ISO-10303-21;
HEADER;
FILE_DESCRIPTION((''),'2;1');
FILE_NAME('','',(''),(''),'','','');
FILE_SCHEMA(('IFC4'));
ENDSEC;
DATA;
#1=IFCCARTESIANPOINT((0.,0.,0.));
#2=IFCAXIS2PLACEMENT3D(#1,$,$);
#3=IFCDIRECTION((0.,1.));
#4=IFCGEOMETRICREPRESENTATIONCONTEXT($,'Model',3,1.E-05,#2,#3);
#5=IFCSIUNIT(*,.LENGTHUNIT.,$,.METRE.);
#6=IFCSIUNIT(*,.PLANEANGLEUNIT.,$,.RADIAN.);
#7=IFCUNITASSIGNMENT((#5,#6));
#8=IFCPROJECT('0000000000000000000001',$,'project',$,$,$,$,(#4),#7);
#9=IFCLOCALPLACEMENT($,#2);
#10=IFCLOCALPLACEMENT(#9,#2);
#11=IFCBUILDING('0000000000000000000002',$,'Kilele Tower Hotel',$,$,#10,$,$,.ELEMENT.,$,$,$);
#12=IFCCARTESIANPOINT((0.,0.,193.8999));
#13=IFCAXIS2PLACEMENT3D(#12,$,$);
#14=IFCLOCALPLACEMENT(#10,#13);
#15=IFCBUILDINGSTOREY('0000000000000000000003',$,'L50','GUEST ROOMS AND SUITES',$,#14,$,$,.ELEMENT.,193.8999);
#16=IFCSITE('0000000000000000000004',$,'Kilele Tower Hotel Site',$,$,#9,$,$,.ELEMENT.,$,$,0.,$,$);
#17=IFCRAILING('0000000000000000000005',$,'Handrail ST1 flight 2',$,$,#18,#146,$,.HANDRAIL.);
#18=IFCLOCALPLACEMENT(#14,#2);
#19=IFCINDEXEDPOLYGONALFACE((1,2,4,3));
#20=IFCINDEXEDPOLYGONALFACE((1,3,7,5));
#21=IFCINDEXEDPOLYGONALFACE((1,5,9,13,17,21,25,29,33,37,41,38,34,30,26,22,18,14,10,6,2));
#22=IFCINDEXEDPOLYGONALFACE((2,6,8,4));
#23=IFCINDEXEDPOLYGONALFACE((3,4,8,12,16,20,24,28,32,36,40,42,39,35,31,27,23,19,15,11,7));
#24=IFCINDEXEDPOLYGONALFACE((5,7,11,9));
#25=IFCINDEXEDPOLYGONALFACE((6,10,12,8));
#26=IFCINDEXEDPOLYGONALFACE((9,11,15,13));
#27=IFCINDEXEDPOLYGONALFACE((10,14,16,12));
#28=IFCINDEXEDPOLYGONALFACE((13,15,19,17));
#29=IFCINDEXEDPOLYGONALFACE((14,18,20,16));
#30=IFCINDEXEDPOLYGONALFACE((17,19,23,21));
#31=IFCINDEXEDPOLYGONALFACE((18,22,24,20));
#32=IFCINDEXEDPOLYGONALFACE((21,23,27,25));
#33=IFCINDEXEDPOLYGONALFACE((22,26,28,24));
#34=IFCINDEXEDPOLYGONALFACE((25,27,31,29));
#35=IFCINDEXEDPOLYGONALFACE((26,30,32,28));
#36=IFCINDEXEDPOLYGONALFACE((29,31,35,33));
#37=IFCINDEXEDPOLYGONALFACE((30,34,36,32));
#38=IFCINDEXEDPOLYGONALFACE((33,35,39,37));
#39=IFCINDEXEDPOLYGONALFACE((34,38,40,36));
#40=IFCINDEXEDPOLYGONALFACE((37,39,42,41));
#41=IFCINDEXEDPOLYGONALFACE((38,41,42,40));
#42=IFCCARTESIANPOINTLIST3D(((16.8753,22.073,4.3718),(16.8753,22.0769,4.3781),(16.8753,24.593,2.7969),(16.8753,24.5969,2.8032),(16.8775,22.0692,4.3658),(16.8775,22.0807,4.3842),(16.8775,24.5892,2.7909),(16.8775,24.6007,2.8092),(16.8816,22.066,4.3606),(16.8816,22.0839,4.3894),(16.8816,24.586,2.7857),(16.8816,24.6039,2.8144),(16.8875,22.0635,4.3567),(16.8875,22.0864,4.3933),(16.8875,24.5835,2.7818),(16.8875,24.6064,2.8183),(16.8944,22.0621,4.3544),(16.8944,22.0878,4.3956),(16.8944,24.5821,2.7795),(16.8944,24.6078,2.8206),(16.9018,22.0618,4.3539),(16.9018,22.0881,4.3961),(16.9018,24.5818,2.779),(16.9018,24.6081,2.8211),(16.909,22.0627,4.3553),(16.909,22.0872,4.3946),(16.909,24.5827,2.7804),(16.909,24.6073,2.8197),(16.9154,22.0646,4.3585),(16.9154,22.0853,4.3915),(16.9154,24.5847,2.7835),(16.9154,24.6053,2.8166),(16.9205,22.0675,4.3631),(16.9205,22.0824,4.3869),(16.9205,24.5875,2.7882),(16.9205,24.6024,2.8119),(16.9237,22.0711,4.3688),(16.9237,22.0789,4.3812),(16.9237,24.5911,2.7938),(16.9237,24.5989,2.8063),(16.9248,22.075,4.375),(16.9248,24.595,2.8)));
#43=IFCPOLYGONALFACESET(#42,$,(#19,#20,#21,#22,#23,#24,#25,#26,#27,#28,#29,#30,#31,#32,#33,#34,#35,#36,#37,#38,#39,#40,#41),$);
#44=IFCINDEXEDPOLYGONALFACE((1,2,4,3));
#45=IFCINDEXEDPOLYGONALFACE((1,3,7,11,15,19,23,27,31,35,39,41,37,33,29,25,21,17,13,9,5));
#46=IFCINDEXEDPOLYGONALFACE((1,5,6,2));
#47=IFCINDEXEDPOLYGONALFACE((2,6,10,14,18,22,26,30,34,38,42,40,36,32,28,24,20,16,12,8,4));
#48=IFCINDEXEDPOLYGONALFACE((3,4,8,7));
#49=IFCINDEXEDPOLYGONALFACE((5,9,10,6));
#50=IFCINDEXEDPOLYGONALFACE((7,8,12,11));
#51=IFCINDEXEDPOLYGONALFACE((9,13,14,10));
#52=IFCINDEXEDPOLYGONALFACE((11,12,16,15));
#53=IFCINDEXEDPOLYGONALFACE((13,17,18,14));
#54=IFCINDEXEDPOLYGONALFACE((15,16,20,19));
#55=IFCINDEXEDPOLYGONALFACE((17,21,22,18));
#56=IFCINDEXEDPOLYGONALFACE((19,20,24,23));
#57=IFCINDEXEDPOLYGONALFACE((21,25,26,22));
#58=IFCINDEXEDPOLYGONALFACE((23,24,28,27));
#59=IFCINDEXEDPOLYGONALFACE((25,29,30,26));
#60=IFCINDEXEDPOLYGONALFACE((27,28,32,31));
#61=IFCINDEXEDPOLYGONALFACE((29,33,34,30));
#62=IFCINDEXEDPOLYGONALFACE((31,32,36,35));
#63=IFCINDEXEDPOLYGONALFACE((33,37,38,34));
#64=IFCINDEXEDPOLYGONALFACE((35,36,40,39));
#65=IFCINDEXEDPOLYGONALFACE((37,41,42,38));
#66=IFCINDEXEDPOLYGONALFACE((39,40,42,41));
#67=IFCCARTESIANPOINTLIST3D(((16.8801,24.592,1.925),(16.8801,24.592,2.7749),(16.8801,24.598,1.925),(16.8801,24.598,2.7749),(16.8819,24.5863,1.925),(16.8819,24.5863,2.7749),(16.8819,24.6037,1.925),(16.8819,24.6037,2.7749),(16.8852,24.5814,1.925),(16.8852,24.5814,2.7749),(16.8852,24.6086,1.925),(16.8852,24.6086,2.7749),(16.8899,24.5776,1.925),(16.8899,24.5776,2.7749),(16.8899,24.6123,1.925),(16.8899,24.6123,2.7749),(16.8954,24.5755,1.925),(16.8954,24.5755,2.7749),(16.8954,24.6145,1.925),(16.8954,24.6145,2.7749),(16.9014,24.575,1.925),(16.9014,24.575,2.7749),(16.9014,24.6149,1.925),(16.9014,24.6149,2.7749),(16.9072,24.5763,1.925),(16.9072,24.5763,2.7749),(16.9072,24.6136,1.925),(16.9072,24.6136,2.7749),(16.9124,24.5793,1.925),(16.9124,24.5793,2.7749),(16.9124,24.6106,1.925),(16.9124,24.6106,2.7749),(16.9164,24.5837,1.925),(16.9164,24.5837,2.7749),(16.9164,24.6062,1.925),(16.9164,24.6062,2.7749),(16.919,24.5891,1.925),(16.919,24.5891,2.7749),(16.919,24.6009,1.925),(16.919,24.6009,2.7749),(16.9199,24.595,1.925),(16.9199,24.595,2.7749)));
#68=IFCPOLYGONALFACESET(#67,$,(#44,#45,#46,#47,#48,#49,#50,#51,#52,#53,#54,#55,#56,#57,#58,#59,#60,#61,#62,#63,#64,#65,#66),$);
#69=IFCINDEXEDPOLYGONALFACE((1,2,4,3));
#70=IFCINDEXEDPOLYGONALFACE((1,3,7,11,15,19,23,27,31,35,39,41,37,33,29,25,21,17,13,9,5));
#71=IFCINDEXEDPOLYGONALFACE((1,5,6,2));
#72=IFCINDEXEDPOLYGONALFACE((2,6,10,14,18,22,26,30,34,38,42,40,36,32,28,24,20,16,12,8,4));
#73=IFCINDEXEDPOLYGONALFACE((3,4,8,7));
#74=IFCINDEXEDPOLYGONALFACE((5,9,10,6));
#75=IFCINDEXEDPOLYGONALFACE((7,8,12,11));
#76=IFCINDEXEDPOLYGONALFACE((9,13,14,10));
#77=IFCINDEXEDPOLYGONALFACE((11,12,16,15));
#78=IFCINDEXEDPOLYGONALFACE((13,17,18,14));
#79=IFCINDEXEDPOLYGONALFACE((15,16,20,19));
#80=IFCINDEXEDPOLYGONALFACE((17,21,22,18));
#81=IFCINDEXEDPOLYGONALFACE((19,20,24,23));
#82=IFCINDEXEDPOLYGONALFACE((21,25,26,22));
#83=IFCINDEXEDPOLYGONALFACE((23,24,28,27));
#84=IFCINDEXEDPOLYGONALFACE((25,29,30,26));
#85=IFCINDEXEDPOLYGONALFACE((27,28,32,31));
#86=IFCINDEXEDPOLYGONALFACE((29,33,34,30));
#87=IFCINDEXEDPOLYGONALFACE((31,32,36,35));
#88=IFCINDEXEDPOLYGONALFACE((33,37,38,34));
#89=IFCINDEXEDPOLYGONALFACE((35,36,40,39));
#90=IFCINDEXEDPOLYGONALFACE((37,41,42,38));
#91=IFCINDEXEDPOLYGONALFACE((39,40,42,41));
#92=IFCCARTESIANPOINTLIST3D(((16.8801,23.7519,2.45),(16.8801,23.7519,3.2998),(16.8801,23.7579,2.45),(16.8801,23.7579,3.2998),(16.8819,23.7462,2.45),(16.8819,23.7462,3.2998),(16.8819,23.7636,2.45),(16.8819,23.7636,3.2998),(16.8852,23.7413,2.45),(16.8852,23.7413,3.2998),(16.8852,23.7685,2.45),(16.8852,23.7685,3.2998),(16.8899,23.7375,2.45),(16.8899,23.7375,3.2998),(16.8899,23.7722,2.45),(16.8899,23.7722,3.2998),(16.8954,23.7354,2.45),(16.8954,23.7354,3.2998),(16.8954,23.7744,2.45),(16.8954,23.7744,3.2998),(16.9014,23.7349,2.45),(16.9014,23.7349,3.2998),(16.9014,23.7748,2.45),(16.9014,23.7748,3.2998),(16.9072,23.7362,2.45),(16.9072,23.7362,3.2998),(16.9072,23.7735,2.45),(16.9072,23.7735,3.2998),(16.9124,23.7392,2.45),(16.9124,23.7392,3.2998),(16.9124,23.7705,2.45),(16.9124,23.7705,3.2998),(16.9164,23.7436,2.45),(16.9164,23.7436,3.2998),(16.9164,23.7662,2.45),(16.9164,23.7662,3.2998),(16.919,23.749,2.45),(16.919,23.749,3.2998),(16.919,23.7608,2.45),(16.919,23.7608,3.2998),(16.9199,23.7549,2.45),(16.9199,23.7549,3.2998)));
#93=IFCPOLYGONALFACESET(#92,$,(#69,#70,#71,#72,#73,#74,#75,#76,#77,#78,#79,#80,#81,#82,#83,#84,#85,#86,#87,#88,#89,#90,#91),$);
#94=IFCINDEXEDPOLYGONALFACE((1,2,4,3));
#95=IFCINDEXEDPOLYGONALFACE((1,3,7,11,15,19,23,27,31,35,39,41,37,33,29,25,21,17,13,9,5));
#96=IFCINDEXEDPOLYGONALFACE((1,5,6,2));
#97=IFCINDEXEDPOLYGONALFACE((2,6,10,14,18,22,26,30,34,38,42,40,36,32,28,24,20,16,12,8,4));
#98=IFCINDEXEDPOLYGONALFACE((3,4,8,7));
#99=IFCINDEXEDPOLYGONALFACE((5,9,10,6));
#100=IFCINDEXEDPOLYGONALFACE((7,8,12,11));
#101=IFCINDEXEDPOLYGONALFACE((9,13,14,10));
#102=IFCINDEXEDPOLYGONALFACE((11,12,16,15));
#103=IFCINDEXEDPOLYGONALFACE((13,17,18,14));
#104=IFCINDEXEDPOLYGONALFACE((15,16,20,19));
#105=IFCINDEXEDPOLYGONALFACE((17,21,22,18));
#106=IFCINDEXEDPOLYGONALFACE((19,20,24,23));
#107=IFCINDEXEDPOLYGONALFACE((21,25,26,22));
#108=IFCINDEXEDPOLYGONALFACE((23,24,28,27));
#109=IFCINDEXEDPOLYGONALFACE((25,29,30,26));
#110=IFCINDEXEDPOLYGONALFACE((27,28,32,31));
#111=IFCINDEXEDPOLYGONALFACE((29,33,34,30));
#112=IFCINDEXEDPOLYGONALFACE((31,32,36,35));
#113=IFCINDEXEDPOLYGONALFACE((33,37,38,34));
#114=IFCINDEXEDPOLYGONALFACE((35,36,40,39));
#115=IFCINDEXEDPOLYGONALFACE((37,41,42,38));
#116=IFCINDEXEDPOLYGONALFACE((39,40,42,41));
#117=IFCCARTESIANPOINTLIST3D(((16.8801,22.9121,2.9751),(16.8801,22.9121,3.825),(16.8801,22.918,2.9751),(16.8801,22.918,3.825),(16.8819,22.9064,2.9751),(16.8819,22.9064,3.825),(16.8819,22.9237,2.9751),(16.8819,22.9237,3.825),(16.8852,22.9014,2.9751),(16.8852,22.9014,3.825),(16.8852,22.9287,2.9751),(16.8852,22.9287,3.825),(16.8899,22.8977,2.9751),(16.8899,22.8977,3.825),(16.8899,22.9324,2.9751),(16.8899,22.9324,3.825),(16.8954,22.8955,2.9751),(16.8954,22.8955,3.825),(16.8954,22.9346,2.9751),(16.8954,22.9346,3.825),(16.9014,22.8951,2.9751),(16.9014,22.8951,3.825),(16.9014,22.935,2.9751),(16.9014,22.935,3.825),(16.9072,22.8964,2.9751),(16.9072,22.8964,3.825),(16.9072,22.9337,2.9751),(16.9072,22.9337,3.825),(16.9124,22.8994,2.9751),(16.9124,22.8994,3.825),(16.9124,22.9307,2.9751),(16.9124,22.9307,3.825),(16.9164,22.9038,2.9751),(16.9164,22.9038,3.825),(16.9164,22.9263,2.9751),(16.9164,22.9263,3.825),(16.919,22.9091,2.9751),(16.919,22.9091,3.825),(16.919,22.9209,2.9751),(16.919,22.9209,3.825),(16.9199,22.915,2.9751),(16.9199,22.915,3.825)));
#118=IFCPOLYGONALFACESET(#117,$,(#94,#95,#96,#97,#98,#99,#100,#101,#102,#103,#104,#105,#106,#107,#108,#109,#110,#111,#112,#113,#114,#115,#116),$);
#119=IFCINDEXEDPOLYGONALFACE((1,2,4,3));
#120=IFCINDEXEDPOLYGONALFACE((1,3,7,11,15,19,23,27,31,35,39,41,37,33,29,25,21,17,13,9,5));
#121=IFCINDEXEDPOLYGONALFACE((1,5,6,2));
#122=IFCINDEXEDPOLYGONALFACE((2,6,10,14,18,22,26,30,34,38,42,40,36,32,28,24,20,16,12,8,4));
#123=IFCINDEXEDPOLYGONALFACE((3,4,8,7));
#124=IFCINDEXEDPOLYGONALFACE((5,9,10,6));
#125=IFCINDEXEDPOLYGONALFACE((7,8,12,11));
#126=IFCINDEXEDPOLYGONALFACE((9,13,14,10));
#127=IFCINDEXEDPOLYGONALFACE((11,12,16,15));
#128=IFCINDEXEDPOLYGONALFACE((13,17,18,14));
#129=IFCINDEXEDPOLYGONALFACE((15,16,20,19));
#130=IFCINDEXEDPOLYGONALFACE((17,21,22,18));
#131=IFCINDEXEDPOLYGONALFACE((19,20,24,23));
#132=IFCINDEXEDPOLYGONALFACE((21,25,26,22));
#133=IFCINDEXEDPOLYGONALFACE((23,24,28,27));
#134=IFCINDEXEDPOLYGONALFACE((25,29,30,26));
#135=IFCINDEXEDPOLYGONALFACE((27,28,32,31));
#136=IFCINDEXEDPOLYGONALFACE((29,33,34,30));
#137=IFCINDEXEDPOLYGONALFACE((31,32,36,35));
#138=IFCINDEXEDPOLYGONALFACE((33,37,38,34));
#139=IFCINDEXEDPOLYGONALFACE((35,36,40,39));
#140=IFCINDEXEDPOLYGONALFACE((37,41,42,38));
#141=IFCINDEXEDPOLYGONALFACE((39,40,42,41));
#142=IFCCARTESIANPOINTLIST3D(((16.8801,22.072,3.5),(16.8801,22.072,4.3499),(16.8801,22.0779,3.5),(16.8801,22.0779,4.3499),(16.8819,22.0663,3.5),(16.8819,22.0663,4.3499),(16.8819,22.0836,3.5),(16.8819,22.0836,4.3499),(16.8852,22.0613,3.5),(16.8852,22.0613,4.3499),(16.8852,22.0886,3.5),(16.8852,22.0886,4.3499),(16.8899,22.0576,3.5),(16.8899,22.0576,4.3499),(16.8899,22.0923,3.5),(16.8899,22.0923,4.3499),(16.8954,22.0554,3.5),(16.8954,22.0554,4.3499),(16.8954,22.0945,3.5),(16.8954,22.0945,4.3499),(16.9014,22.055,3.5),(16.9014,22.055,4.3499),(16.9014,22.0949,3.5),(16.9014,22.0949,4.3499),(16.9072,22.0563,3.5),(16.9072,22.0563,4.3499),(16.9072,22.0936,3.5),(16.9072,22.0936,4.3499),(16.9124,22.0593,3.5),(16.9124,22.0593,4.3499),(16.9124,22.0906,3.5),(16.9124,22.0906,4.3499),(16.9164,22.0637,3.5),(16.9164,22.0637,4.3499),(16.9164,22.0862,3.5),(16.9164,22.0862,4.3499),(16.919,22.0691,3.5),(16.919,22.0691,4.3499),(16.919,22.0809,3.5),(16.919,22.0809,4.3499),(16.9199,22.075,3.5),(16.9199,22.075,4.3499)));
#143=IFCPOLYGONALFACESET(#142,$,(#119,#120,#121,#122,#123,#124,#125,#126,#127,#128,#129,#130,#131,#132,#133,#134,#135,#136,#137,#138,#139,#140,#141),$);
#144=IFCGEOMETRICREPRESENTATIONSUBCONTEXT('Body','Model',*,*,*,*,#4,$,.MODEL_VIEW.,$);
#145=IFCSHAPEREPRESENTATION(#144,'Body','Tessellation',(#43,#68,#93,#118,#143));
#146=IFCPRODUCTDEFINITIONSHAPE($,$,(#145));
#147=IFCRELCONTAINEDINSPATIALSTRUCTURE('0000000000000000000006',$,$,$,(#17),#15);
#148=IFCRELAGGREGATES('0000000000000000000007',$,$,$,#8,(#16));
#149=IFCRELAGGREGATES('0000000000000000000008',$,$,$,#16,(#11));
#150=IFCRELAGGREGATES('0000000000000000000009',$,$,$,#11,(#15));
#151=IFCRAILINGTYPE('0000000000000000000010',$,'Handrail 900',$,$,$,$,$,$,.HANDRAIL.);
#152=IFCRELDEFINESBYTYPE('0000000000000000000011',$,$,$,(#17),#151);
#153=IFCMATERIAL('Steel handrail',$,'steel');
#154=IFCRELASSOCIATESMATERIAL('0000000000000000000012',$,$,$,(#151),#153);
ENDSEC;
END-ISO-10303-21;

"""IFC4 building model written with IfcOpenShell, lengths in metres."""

from ifc_helpers import new_model, si_unit, direction, frame, origin, origin_2d, place, context, subcontext, project, spatial, circle, extrude, material, type_object, element, save


model = new_model("IFC4")

# Units and contexts
model_context = context("Model", 3, precision=1e-05, world=origin(), true_north=direction((0.0, 1.0)))
body_context = subcontext(model_context, "Body", "Model", "MODEL_VIEW")
ifc_project = project(units=[si_unit("LENGTHUNIT", "METRE"), si_unit("PLANEANGLEUNIT", "RADIAN")], contexts=[model_context])

# Site, building, storey
site_placement = place(None, origin())
site = spatial("IfcSite", under=ifc_project, at=site_placement, Name="Kilele Tower Hotel Site", CompositionType="ELEMENT", RefElevation=0.0)
building_placement = place(site_placement, origin())
building = spatial("IfcBuilding", under=site, at=building_placement, Name="Kilele Tower Hotel", CompositionType="ELEMENT")
storey_placement = place(building_placement, frame((0.0, 0.0, 193.8999)))
storey = spatial("IfcBuildingStorey", under=building, at=storey_placement, Name="L50", Description="GUEST ROOMS AND SUITES", CompositionType="ELEMENT", Elevation=193.8999)

# Railing
ifc_material_1 = material(Name="Steel handrail", Category="steel")
railing_type_1 = type_object("IfcRailingType", Name="Handrail 900", PredefinedType="HANDRAIL", material=ifc_material_1)
for number, where, name in (
    (1, (16.8999, 24.595, 1.925), "Handrail ST1 flight 2"),
):
    element("IfcRailing", number, at=place(storey_placement, frame(where)), inside=storey, type_object=railing_type_1, Name=name, PredefinedType="HANDRAIL", context=body_context, shape_type="SweptSolid", body=[
        extrude(circle(Radius=0.0249, at=origin_2d()), frame((0.0, 0.0, 0.875), z_axis=(0.0, -0.848008, 0.529984), x_axis=(1.0, 0.0, 0.0)), (0.0, 0.0, 1.0), 2.9717),
        extrude(circle(Radius=0.02, at=origin_2d()), origin(), (0.0, 0.0, 1.0), 0.8499),
        extrude(circle(Radius=0.02, at=origin_2d()), frame((0.0, -0.8401, 0.5249)), (0.0, 0.0, 1.0), 0.8499),
        extrude(circle(Radius=0.02, at=origin_2d()), frame((0.0, -1.6799, 1.05)), (0.0, 0.0, 1.0), 0.8499),
        extrude(circle(Radius=0.02, at=origin_2d()), frame((0.0, -2.52, 1.575)), (0.0, 0.0, 1.0), 0.8499),
    ])

save(model, "model.ifc")
